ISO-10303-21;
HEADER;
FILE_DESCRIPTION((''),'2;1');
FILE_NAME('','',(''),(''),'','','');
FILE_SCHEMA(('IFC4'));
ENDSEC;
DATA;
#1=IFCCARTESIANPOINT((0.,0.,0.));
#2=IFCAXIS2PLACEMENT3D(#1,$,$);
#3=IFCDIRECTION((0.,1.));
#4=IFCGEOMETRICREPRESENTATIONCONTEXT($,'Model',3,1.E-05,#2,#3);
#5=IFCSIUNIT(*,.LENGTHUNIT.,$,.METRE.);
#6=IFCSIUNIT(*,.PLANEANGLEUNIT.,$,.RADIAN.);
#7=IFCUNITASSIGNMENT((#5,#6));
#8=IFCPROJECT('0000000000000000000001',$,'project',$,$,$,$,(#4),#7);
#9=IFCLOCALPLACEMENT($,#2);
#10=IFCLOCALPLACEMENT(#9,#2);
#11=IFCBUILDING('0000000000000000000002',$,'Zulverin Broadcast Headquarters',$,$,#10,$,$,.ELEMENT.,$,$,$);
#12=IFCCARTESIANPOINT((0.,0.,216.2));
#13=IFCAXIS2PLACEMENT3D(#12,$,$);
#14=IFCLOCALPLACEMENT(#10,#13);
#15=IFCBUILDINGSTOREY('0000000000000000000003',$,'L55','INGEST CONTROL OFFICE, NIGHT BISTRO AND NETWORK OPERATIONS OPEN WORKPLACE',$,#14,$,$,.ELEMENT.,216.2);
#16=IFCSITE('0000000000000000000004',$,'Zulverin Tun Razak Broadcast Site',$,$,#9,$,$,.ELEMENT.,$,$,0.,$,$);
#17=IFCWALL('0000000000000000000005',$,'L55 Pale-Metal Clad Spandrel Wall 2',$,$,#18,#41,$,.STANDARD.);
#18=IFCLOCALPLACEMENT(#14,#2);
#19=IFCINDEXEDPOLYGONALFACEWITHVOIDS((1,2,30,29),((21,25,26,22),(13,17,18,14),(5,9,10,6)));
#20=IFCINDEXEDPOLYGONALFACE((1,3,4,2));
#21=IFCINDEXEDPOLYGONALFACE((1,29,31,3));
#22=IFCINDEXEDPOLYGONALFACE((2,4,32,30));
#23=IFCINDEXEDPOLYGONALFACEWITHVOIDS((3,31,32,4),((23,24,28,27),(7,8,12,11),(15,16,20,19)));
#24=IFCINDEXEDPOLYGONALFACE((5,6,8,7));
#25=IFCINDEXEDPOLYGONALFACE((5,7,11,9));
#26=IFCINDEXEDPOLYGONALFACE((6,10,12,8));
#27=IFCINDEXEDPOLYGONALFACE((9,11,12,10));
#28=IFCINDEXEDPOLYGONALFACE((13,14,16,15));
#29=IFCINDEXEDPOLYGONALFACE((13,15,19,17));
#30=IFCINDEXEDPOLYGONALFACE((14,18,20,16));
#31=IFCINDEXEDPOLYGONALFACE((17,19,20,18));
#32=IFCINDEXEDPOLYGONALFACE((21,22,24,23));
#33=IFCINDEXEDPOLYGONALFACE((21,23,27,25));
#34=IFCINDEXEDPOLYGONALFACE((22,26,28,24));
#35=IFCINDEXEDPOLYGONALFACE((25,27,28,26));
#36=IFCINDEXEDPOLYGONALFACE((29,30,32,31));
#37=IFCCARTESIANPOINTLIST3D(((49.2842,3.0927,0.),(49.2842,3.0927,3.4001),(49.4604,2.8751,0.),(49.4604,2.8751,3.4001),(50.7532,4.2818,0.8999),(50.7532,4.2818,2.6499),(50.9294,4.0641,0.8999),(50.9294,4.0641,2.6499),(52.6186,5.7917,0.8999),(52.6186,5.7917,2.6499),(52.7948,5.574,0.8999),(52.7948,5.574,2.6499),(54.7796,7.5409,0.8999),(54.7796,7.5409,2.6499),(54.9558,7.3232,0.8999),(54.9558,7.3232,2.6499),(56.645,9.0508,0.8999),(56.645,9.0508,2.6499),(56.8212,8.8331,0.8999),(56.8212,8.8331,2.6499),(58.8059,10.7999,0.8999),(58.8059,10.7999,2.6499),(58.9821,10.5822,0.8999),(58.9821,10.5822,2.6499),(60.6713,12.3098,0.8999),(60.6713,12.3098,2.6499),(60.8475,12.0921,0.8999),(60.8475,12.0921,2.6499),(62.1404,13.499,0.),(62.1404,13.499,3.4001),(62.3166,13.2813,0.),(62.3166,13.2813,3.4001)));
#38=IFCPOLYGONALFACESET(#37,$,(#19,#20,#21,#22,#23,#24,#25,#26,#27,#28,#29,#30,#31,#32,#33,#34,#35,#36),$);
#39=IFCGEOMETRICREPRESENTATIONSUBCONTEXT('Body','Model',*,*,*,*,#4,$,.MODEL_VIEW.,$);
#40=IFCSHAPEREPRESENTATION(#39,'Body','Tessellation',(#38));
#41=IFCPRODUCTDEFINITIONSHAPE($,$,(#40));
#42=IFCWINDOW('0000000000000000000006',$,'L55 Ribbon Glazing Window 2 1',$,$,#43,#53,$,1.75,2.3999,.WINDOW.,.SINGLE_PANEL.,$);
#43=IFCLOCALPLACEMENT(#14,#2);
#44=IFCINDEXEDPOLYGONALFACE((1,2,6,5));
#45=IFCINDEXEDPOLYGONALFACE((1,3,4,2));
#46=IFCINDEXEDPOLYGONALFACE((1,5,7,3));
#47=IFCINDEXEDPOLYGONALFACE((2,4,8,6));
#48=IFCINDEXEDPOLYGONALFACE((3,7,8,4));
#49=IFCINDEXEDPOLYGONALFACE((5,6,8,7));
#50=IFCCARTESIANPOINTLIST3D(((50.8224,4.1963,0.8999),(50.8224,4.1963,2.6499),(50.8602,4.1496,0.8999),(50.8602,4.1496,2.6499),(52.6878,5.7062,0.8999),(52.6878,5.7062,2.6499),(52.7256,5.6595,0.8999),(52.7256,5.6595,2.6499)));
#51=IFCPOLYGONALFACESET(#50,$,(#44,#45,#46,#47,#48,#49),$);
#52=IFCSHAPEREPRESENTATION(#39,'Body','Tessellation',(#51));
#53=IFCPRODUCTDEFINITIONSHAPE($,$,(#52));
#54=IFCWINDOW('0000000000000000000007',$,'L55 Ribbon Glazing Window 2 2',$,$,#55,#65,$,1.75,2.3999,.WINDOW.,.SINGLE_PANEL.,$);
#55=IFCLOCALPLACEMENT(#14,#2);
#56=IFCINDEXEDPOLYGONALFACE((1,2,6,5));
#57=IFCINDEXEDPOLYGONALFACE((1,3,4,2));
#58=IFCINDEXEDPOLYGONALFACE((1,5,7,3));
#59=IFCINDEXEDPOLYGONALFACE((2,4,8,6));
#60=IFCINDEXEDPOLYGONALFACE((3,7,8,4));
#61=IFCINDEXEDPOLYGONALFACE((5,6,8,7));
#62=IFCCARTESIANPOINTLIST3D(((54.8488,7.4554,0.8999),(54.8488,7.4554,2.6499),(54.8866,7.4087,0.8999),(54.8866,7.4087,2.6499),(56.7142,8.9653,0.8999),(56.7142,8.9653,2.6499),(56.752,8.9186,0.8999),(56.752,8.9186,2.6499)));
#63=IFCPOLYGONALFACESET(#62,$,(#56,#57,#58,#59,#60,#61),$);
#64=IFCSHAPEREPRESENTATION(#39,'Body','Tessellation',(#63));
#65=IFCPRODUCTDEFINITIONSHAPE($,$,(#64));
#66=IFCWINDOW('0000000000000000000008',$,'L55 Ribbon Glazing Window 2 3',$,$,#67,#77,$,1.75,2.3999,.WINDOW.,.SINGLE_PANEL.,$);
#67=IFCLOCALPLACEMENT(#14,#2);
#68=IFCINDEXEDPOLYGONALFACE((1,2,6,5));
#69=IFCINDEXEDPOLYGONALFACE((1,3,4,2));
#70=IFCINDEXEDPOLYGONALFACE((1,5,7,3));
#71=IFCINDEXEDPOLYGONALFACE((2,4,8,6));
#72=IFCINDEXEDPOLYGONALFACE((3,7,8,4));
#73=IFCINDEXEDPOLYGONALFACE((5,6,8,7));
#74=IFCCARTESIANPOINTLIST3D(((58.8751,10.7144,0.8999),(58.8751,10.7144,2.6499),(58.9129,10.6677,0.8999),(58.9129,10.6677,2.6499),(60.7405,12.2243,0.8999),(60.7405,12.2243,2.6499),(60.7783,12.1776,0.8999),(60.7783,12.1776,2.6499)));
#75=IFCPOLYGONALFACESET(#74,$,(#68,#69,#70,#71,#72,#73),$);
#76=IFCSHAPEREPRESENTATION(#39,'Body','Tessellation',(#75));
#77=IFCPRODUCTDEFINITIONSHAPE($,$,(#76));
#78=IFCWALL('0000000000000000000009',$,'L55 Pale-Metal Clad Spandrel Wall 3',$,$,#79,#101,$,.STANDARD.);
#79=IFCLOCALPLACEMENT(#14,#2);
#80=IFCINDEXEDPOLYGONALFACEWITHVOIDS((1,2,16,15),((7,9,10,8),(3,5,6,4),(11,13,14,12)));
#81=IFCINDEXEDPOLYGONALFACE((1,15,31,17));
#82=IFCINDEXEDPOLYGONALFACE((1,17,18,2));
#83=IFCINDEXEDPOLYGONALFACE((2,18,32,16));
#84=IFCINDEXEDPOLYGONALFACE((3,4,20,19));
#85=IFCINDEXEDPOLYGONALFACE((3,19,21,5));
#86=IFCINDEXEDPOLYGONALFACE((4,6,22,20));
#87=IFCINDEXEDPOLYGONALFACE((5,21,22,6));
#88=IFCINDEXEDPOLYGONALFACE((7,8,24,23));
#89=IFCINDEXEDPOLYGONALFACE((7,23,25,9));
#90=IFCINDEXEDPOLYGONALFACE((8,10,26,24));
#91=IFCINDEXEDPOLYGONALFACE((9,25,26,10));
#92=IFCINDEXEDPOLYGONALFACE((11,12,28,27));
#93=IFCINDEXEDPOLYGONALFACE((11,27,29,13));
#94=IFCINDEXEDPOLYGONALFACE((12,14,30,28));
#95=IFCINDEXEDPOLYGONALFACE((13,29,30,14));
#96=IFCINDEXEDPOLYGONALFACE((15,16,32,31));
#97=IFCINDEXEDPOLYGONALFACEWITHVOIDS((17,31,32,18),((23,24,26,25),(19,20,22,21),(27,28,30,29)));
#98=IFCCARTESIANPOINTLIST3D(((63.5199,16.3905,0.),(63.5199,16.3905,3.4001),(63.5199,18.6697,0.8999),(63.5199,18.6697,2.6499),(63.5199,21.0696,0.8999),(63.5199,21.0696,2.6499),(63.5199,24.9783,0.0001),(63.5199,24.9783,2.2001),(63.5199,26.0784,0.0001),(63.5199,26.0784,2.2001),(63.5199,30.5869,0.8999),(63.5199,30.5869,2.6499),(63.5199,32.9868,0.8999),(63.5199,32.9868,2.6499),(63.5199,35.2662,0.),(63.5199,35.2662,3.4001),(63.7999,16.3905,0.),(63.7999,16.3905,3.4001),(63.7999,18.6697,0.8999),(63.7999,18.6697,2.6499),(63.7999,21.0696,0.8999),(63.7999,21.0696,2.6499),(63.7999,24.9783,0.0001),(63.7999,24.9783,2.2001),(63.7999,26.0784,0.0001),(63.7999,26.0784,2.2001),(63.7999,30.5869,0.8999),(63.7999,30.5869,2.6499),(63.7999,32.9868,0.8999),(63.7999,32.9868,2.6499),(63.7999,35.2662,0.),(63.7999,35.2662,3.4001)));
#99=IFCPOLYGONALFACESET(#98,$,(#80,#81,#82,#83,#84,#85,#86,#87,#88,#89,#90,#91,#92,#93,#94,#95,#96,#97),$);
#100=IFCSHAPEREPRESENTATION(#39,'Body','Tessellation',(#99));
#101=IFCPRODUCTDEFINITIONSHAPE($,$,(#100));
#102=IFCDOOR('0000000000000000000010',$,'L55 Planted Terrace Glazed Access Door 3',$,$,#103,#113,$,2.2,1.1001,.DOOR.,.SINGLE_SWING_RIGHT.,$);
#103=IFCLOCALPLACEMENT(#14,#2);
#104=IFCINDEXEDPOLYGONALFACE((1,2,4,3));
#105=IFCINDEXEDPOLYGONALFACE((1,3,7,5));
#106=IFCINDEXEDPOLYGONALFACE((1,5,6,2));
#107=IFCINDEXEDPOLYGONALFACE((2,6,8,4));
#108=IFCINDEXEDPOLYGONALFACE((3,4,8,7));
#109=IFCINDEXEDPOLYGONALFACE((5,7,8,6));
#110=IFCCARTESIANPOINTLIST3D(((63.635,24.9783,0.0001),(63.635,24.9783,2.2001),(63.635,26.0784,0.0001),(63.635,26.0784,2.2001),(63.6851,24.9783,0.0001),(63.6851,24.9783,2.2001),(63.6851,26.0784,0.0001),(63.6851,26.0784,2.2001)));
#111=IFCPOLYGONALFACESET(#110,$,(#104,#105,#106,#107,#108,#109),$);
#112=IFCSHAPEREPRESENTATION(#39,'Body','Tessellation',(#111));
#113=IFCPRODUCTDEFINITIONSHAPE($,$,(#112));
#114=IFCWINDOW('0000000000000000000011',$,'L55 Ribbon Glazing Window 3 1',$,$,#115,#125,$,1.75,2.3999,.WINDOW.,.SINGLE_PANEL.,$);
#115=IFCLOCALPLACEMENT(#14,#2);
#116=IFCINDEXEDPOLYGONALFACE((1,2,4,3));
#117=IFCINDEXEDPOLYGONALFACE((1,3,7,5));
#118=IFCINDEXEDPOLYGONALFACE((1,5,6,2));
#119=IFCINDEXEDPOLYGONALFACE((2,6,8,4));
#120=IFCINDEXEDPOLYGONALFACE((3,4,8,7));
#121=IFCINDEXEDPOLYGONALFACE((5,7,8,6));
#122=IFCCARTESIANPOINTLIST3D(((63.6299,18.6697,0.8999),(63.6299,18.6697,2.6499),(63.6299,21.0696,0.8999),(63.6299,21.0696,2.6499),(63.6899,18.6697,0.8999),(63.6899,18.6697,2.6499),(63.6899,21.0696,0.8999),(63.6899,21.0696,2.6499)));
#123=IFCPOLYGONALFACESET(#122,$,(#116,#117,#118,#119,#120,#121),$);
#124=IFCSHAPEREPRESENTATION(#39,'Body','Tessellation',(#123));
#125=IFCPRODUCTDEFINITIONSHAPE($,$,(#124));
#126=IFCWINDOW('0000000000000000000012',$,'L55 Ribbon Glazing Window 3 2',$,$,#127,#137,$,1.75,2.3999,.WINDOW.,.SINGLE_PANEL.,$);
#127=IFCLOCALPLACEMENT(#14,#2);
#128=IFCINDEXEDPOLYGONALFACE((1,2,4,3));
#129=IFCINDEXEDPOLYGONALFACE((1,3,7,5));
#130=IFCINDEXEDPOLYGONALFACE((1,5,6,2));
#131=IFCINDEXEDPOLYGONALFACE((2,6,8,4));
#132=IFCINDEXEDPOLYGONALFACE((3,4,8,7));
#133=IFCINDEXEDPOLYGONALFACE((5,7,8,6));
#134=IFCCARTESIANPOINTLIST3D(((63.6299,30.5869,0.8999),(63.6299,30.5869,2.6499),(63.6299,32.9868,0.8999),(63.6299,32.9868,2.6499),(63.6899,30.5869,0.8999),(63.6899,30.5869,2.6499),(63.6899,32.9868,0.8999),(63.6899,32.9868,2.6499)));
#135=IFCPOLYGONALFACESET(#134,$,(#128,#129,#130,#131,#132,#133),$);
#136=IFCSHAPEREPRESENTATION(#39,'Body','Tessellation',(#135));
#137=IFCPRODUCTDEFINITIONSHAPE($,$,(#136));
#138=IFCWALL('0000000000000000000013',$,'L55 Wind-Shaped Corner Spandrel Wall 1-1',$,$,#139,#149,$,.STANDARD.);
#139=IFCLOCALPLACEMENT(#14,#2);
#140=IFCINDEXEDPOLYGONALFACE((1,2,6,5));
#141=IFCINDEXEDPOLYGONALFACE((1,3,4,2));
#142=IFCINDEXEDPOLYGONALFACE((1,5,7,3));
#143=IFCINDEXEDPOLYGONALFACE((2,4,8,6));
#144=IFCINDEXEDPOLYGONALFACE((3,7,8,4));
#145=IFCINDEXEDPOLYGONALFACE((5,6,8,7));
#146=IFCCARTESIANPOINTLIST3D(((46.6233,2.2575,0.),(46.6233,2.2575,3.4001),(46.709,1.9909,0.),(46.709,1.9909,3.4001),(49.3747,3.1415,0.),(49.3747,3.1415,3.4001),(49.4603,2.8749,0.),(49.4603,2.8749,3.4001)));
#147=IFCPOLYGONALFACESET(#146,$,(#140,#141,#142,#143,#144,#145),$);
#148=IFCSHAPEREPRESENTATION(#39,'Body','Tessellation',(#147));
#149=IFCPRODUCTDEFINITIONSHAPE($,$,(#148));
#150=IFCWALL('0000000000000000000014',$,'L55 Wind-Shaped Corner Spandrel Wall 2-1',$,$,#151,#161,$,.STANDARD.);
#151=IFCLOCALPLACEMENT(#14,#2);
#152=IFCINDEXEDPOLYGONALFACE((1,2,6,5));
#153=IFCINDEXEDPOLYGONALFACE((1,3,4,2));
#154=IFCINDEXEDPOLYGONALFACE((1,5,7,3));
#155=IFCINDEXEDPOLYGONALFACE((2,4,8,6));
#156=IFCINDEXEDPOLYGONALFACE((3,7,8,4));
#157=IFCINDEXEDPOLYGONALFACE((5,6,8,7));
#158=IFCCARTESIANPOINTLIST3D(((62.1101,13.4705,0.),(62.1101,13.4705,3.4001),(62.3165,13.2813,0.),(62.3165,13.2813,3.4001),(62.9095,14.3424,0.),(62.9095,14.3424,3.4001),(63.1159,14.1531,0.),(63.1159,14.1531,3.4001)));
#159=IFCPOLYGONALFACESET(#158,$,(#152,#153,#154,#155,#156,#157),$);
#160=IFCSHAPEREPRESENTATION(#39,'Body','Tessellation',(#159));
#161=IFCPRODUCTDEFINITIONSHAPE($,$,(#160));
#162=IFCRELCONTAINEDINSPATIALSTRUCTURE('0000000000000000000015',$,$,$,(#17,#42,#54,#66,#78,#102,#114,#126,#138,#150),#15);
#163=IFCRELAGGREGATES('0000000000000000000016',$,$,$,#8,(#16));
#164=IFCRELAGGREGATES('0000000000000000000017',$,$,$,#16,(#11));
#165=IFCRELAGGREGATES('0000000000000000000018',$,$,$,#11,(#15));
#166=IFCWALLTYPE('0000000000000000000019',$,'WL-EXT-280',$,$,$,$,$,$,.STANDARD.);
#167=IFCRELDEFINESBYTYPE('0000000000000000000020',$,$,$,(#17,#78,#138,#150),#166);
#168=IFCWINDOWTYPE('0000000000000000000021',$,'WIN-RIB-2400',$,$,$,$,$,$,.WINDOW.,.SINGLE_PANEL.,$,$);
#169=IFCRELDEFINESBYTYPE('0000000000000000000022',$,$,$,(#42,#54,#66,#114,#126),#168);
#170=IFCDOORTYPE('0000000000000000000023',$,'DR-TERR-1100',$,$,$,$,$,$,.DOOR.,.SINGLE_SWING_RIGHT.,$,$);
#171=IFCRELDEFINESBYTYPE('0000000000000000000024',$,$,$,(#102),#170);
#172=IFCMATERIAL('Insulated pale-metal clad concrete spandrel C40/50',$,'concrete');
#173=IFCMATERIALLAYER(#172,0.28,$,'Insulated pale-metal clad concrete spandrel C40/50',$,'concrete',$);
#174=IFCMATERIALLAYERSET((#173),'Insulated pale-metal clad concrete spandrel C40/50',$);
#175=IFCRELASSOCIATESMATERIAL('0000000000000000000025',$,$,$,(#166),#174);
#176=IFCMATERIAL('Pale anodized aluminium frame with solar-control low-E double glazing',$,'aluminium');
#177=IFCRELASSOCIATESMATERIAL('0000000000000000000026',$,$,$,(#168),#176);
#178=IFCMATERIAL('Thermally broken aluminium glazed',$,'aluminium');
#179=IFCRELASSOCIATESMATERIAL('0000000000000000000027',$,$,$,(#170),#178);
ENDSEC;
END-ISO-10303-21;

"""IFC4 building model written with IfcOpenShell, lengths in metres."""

from ifc_helpers import new_model, si_unit, direction, frame, frame_2d, origin, place, context, subcontext, project, spatial, rectangle, extrude, material, layer, layer_set, type_object, element, fill, save


model = new_model("IFC4")

# Units and contexts
model_context = context("Model", 3, precision=1e-05, world=origin(), true_north=direction((0.0, 1.0)))
body_context = subcontext(model_context, "Body", "Model", "MODEL_VIEW")
ifc_project = project(units=[si_unit("LENGTHUNIT", "METRE"), si_unit("PLANEANGLEUNIT", "RADIAN")], contexts=[model_context])

# Site, building, storey
site_placement = place(None, origin())
site = spatial("IfcSite", under=ifc_project, at=site_placement, Name="Zulverin Tun Razak Broadcast Site", CompositionType="ELEMENT", RefElevation=0.0)
building_placement = place(site_placement, origin())
building = spatial("IfcBuilding", under=site, at=building_placement, Name="Zulverin Broadcast Headquarters", CompositionType="ELEMENT")
storey_placement = place(building_placement, frame((0.0, 0.0, 216.2)))
storey = spatial("IfcBuildingStorey", under=building, at=storey_placement, Name="L55", Description="INGEST CONTROL OFFICE, NIGHT BISTRO AND NETWORK OPERATIONS OPEN WORKPLACE", CompositionType="ELEMENT", Elevation=216.2)

# Wall, openings, windows
ifc_material_1 = material(Name="Insulated pale-metal clad concrete spandrel C40/50", Category="concrete")
ifc_layer_1 = layer(ifc_material_1, 0.28, Name="Insulated pale-metal clad concrete spandrel C40/50", Category="concrete")
ifc_layer_set_1 = layer_set([ifc_layer_1], Name="Insulated pale-metal clad concrete spandrel C40/50")
wall_type_1 = type_object("IfcWallType", Name="WL-EXT-280", PredefinedType="STANDARD", material=ifc_layer_set_1)
wall_1_placement = place(storey_placement, frame((49.3723, 2.9839, 0.0), z_axis=(0.0, 0.0, 1.0), x_axis=(0.777279, 0.629156, 0.0)))
wall_1 = element("IfcWall", 1, at=wall_1_placement, inside=storey, type_object=wall_type_1, Name="L55 Pale-Metal Clad Spandrel Wall 2", PredefinedType="STANDARD", context=body_context, shape_type="SweptSolid", body=[
    extrude(rectangle(XDim=16.54, YDim=0.28, at=frame_2d((8.27, 0.0))), origin(), (0.0, 0.0, 1.0), 3.4001),
])
opening_1_placement = place(wall_1_placement, frame((1.8899, 0.0, 0.8999)))
opening_1 = element("IfcOpeningElement", 2, at=opening_1_placement, cuts=wall_1, PredefinedType="OPENING", context=body_context, shape_type="SweptSolid", body=[
    extrude(rectangle(XDim=2.3999, YDim=1.75, at=frame_2d((1.2, 0.875))), frame((0.0, 0.1499, 0.0), z_axis=(0.0, -1.0, 0.0), x_axis=(1.0, 0.0, 0.0)), (0.0, 0.0, 1.0), 0.3),
])
opening_2_placement = place(wall_1_placement, frame((7.0701, 0.0, 0.8999)))
opening_2 = element("IfcOpeningElement", 3, at=opening_2_placement, cuts=wall_1, PredefinedType="OPENING", context=body_context, shape_type="SweptSolid", body=[
    extrude(rectangle(XDim=2.3999, YDim=1.75, at=frame_2d((1.2, 0.875))), frame((0.0, 0.1499, 0.0), z_axis=(0.0, -1.0, 0.0), x_axis=(1.0, 0.0, 0.0)), (0.0, 0.0, 1.0), 0.3),
])
opening_3_placement = place(wall_1_placement, frame((12.25, 0.0, 0.8999)))
opening_3 = element("IfcOpeningElement", 4, at=opening_3_placement, cuts=wall_1, PredefinedType="OPENING", context=body_context, shape_type="SweptSolid", body=[
    extrude(rectangle(XDim=2.3999, YDim=1.75, at=frame_2d((1.2, 0.875))), frame((0.0, 0.1499, 0.0), z_axis=(0.0, -1.0, 0.0), x_axis=(1.0, 0.0, 0.0)), (0.0, 0.0, 1.0), 0.3),
])
ifc_material_2 = material(Name="Pale anodized aluminium frame with solar-control low-E double glazing", Category="aluminium")
window_type = type_object("IfcWindowType", Name="WIN-RIB-2400", PartitioningType="SINGLE_PANEL", PredefinedType="WINDOW", material=ifc_material_2)
window_1_placement = place(opening_1_placement, origin())
window_1 = element("IfcWindow", 5, at=window_1_placement, inside=storey, type_object=window_type, Name="L55 Ribbon Glazing Window 2 1", OverallHeight=1.75, OverallWidth=2.3999, PartitioningType="SINGLE_PANEL", PredefinedType="WINDOW", context=body_context, shape_type="SweptSolid", body=[
    extrude(rectangle(XDim=2.3999, YDim=1.75, at=frame_2d((1.2, 0.875))), frame((0.0, 0.03, 0.0), z_axis=(0.0, -1.0, 0.0), x_axis=(1.0, 0.0, 0.0)), (0.0, 0.0, 1.0), 0.0601),
])
fill(opening_1, window_1)
window_2_placement = place(opening_2_placement, origin())
window_2 = element("IfcWindow", 6, at=window_2_placement, inside=storey, type_object=window_type, Name="L55 Ribbon Glazing Window 2 2", OverallHeight=1.75, OverallWidth=2.3999, PartitioningType="SINGLE_PANEL", PredefinedType="WINDOW", context=body_context, shape_type="SweptSolid", body=[
    extrude(rectangle(XDim=2.3999, YDim=1.75, at=frame_2d((1.2, 0.875))), frame((0.0, 0.03, 0.0), z_axis=(0.0, -1.0, 0.0), x_axis=(1.0, 0.0, 0.0)), (0.0, 0.0, 1.0), 0.0601),
])
fill(opening_2, window_2)
window_3_placement = place(opening_3_placement, origin())
window_3 = element("IfcWindow", 7, at=window_3_placement, inside=storey, type_object=window_type, Name="L55 Ribbon Glazing Window 2 3", OverallHeight=1.75, OverallWidth=2.3999, PartitioningType="SINGLE_PANEL", PredefinedType="WINDOW", context=body_context, shape_type="SweptSolid", body=[
    extrude(rectangle(XDim=2.3999, YDim=1.75, at=frame_2d((1.2, 0.875))), frame((0.0, 0.03, 0.0), z_axis=(0.0, -1.0, 0.0), x_axis=(1.0, 0.0, 0.0)), (0.0, 0.0, 1.0), 0.0601),
])
fill(opening_3, window_3)

# Wall, openings, door, windows
wall_2_placement = place(storey_placement, frame((63.6599, 16.3904, 0.0), z_axis=(0.0, 0.0, 1.0), x_axis=(0.0, 1.0, 0.0)))
wall_2 = element("IfcWall", 8, at=wall_2_placement, inside=storey, type_object=wall_type_1, Name="L55 Pale-Metal Clad Spandrel Wall 3", PredefinedType="STANDARD", context=body_context, shape_type="SweptSolid", body=[
    extrude(rectangle(XDim=18.8757, YDim=0.28, at=frame_2d((9.438, 0.0))), origin(), (0.0, 0.0, 1.0), 3.4001),
])
opening_4_placement = place(wall_2_placement, frame((8.5879, 0.0, 0.0)))
opening_4 = element("IfcOpeningElement", 9, at=opening_4_placement, cuts=wall_2, PredefinedType="OPENING", context=body_context, shape_type="SweptSolid", body=[
    extrude(rectangle(XDim=1.1001, YDim=2.2, at=frame_2d((0.55, 1.1001))), frame((0.0, 0.1499, 0.0), z_axis=(0.0, -1.0, 0.0), x_axis=(1.0, 0.0, 0.0)), (0.0, 0.0, 1.0), 0.3),
])
opening_5_placement = place(wall_2_placement, frame((2.2793, 0.0, 0.8999)))
opening_5 = element("IfcOpeningElement", 10, at=opening_5_placement, cuts=wall_2, PredefinedType="OPENING", context=body_context, shape_type="SweptSolid", body=[
    extrude(rectangle(XDim=2.3999, YDim=1.75, at=frame_2d((1.2, 0.875))), frame((0.0, 0.1499, 0.0), z_axis=(0.0, -1.0, 0.0), x_axis=(1.0, 0.0, 0.0)), (0.0, 0.0, 1.0), 0.3),
])
opening_6_placement = place(wall_2_placement, frame((14.1965, 0.0, 0.8999)))
opening_6 = element("IfcOpeningElement", 11, at=opening_6_placement, cuts=wall_2, PredefinedType="OPENING", context=body_context, shape_type="SweptSolid", body=[
    extrude(rectangle(XDim=2.3999, YDim=1.75, at=frame_2d((1.2, 0.875))), frame((0.0, 0.1499, 0.0), z_axis=(0.0, -1.0, 0.0), x_axis=(1.0, 0.0, 0.0)), (0.0, 0.0, 1.0), 0.3),
])
ifc_material_3 = material(Name="Thermally broken aluminium glazed", Category="aluminium")
door_type = type_object("IfcDoorType", Name="DR-TERR-1100", OperationType="SINGLE_SWING_RIGHT", PredefinedType="DOOR", material=ifc_material_3)
door_placement = place(opening_4_placement, origin())
door = element("IfcDoor", 12, at=door_placement, inside=storey, type_object=door_type, Name="L55 Planted Terrace Glazed Access Door 3", OperationType="SINGLE_SWING_RIGHT", OverallHeight=2.2, OverallWidth=1.1001, PredefinedType="DOOR", context=body_context, shape_type="SweptSolid", body=[
    extrude(rectangle(XDim=1.1001, YDim=2.2, at=frame_2d((0.55, 1.1001))), frame((0.0, 0.0249, 0.0), z_axis=(0.0, -1.0, 0.0), x_axis=(1.0, 0.0, 0.0)), (0.0, 0.0, 1.0), 0.05),
])
fill(opening_4, door)
window_4_placement = place(opening_5_placement, origin())
window_4 = element("IfcWindow", 13, at=window_4_placement, inside=storey, type_object=window_type, Name="L55 Ribbon Glazing Window 3 1", OverallHeight=1.75, OverallWidth=2.3999, PartitioningType="SINGLE_PANEL", PredefinedType="WINDOW", context=body_context, shape_type="SweptSolid", body=[
    extrude(rectangle(XDim=2.3999, YDim=1.75, at=frame_2d((1.2, 0.875))), frame((0.0, 0.03, 0.0), z_axis=(0.0, -1.0, 0.0), x_axis=(1.0, 0.0, 0.0)), (0.0, 0.0, 1.0), 0.0601),
])
fill(opening_5, window_4)
window_5_placement = place(opening_6_placement, origin())
window_5 = element("IfcWindow", 14, at=window_5_placement, inside=storey, type_object=window_type, Name="L55 Ribbon Glazing Window 3 2", OverallHeight=1.75, OverallWidth=2.3999, PartitioningType="SINGLE_PANEL", PredefinedType="WINDOW", context=body_context, shape_type="SweptSolid", body=[
    extrude(rectangle(XDim=2.3999, YDim=1.75, at=frame_2d((1.2, 0.875))), frame((0.0, 0.03, 0.0), z_axis=(0.0, -1.0, 0.0), x_axis=(1.0, 0.0, 0.0)), (0.0, 0.0, 1.0), 0.0601),
])
fill(opening_6, window_5)

# Walls
wall_3_placement = place(storey_placement, frame((46.6663, 2.1243, 0.0), z_axis=(0.0, 0.0, 1.0), x_axis=(0.952065, 0.305894, 0.0)))
element("IfcWall", 15, at=wall_3_placement, inside=storey, type_object=wall_type_1, Name="L55 Wind-Shaped Corner Spandrel Wall 1-1", PredefinedType="STANDARD", context=body_context, shape_type="SweptSolid", body=[
    extrude(rectangle(XDim=2.8899, YDim=0.28, at=frame_2d((1.4448, 0.0))), origin(), (0.0, 0.0, 1.0), 3.4001),
])
wall_4_placement = place(storey_placement, frame((62.2134, 13.376, 0.0), z_axis=(0.0, 0.0, 1.0), x_axis=(0.67579, 0.737094, 0.0)))
element("IfcWall", 16, at=wall_4_placement, inside=storey, type_object=wall_type_1, Name="L55 Wind-Shaped Corner Spandrel Wall 2-1", PredefinedType="STANDARD", context=body_context, shape_type="SweptSolid", body=[
    extrude(rectangle(XDim=1.1829, YDim=0.28, at=frame_2d((0.5913, 0.0))), origin(), (0.0, 0.0, 1.0), 3.4001),
])

save(model, "model.ifc")
